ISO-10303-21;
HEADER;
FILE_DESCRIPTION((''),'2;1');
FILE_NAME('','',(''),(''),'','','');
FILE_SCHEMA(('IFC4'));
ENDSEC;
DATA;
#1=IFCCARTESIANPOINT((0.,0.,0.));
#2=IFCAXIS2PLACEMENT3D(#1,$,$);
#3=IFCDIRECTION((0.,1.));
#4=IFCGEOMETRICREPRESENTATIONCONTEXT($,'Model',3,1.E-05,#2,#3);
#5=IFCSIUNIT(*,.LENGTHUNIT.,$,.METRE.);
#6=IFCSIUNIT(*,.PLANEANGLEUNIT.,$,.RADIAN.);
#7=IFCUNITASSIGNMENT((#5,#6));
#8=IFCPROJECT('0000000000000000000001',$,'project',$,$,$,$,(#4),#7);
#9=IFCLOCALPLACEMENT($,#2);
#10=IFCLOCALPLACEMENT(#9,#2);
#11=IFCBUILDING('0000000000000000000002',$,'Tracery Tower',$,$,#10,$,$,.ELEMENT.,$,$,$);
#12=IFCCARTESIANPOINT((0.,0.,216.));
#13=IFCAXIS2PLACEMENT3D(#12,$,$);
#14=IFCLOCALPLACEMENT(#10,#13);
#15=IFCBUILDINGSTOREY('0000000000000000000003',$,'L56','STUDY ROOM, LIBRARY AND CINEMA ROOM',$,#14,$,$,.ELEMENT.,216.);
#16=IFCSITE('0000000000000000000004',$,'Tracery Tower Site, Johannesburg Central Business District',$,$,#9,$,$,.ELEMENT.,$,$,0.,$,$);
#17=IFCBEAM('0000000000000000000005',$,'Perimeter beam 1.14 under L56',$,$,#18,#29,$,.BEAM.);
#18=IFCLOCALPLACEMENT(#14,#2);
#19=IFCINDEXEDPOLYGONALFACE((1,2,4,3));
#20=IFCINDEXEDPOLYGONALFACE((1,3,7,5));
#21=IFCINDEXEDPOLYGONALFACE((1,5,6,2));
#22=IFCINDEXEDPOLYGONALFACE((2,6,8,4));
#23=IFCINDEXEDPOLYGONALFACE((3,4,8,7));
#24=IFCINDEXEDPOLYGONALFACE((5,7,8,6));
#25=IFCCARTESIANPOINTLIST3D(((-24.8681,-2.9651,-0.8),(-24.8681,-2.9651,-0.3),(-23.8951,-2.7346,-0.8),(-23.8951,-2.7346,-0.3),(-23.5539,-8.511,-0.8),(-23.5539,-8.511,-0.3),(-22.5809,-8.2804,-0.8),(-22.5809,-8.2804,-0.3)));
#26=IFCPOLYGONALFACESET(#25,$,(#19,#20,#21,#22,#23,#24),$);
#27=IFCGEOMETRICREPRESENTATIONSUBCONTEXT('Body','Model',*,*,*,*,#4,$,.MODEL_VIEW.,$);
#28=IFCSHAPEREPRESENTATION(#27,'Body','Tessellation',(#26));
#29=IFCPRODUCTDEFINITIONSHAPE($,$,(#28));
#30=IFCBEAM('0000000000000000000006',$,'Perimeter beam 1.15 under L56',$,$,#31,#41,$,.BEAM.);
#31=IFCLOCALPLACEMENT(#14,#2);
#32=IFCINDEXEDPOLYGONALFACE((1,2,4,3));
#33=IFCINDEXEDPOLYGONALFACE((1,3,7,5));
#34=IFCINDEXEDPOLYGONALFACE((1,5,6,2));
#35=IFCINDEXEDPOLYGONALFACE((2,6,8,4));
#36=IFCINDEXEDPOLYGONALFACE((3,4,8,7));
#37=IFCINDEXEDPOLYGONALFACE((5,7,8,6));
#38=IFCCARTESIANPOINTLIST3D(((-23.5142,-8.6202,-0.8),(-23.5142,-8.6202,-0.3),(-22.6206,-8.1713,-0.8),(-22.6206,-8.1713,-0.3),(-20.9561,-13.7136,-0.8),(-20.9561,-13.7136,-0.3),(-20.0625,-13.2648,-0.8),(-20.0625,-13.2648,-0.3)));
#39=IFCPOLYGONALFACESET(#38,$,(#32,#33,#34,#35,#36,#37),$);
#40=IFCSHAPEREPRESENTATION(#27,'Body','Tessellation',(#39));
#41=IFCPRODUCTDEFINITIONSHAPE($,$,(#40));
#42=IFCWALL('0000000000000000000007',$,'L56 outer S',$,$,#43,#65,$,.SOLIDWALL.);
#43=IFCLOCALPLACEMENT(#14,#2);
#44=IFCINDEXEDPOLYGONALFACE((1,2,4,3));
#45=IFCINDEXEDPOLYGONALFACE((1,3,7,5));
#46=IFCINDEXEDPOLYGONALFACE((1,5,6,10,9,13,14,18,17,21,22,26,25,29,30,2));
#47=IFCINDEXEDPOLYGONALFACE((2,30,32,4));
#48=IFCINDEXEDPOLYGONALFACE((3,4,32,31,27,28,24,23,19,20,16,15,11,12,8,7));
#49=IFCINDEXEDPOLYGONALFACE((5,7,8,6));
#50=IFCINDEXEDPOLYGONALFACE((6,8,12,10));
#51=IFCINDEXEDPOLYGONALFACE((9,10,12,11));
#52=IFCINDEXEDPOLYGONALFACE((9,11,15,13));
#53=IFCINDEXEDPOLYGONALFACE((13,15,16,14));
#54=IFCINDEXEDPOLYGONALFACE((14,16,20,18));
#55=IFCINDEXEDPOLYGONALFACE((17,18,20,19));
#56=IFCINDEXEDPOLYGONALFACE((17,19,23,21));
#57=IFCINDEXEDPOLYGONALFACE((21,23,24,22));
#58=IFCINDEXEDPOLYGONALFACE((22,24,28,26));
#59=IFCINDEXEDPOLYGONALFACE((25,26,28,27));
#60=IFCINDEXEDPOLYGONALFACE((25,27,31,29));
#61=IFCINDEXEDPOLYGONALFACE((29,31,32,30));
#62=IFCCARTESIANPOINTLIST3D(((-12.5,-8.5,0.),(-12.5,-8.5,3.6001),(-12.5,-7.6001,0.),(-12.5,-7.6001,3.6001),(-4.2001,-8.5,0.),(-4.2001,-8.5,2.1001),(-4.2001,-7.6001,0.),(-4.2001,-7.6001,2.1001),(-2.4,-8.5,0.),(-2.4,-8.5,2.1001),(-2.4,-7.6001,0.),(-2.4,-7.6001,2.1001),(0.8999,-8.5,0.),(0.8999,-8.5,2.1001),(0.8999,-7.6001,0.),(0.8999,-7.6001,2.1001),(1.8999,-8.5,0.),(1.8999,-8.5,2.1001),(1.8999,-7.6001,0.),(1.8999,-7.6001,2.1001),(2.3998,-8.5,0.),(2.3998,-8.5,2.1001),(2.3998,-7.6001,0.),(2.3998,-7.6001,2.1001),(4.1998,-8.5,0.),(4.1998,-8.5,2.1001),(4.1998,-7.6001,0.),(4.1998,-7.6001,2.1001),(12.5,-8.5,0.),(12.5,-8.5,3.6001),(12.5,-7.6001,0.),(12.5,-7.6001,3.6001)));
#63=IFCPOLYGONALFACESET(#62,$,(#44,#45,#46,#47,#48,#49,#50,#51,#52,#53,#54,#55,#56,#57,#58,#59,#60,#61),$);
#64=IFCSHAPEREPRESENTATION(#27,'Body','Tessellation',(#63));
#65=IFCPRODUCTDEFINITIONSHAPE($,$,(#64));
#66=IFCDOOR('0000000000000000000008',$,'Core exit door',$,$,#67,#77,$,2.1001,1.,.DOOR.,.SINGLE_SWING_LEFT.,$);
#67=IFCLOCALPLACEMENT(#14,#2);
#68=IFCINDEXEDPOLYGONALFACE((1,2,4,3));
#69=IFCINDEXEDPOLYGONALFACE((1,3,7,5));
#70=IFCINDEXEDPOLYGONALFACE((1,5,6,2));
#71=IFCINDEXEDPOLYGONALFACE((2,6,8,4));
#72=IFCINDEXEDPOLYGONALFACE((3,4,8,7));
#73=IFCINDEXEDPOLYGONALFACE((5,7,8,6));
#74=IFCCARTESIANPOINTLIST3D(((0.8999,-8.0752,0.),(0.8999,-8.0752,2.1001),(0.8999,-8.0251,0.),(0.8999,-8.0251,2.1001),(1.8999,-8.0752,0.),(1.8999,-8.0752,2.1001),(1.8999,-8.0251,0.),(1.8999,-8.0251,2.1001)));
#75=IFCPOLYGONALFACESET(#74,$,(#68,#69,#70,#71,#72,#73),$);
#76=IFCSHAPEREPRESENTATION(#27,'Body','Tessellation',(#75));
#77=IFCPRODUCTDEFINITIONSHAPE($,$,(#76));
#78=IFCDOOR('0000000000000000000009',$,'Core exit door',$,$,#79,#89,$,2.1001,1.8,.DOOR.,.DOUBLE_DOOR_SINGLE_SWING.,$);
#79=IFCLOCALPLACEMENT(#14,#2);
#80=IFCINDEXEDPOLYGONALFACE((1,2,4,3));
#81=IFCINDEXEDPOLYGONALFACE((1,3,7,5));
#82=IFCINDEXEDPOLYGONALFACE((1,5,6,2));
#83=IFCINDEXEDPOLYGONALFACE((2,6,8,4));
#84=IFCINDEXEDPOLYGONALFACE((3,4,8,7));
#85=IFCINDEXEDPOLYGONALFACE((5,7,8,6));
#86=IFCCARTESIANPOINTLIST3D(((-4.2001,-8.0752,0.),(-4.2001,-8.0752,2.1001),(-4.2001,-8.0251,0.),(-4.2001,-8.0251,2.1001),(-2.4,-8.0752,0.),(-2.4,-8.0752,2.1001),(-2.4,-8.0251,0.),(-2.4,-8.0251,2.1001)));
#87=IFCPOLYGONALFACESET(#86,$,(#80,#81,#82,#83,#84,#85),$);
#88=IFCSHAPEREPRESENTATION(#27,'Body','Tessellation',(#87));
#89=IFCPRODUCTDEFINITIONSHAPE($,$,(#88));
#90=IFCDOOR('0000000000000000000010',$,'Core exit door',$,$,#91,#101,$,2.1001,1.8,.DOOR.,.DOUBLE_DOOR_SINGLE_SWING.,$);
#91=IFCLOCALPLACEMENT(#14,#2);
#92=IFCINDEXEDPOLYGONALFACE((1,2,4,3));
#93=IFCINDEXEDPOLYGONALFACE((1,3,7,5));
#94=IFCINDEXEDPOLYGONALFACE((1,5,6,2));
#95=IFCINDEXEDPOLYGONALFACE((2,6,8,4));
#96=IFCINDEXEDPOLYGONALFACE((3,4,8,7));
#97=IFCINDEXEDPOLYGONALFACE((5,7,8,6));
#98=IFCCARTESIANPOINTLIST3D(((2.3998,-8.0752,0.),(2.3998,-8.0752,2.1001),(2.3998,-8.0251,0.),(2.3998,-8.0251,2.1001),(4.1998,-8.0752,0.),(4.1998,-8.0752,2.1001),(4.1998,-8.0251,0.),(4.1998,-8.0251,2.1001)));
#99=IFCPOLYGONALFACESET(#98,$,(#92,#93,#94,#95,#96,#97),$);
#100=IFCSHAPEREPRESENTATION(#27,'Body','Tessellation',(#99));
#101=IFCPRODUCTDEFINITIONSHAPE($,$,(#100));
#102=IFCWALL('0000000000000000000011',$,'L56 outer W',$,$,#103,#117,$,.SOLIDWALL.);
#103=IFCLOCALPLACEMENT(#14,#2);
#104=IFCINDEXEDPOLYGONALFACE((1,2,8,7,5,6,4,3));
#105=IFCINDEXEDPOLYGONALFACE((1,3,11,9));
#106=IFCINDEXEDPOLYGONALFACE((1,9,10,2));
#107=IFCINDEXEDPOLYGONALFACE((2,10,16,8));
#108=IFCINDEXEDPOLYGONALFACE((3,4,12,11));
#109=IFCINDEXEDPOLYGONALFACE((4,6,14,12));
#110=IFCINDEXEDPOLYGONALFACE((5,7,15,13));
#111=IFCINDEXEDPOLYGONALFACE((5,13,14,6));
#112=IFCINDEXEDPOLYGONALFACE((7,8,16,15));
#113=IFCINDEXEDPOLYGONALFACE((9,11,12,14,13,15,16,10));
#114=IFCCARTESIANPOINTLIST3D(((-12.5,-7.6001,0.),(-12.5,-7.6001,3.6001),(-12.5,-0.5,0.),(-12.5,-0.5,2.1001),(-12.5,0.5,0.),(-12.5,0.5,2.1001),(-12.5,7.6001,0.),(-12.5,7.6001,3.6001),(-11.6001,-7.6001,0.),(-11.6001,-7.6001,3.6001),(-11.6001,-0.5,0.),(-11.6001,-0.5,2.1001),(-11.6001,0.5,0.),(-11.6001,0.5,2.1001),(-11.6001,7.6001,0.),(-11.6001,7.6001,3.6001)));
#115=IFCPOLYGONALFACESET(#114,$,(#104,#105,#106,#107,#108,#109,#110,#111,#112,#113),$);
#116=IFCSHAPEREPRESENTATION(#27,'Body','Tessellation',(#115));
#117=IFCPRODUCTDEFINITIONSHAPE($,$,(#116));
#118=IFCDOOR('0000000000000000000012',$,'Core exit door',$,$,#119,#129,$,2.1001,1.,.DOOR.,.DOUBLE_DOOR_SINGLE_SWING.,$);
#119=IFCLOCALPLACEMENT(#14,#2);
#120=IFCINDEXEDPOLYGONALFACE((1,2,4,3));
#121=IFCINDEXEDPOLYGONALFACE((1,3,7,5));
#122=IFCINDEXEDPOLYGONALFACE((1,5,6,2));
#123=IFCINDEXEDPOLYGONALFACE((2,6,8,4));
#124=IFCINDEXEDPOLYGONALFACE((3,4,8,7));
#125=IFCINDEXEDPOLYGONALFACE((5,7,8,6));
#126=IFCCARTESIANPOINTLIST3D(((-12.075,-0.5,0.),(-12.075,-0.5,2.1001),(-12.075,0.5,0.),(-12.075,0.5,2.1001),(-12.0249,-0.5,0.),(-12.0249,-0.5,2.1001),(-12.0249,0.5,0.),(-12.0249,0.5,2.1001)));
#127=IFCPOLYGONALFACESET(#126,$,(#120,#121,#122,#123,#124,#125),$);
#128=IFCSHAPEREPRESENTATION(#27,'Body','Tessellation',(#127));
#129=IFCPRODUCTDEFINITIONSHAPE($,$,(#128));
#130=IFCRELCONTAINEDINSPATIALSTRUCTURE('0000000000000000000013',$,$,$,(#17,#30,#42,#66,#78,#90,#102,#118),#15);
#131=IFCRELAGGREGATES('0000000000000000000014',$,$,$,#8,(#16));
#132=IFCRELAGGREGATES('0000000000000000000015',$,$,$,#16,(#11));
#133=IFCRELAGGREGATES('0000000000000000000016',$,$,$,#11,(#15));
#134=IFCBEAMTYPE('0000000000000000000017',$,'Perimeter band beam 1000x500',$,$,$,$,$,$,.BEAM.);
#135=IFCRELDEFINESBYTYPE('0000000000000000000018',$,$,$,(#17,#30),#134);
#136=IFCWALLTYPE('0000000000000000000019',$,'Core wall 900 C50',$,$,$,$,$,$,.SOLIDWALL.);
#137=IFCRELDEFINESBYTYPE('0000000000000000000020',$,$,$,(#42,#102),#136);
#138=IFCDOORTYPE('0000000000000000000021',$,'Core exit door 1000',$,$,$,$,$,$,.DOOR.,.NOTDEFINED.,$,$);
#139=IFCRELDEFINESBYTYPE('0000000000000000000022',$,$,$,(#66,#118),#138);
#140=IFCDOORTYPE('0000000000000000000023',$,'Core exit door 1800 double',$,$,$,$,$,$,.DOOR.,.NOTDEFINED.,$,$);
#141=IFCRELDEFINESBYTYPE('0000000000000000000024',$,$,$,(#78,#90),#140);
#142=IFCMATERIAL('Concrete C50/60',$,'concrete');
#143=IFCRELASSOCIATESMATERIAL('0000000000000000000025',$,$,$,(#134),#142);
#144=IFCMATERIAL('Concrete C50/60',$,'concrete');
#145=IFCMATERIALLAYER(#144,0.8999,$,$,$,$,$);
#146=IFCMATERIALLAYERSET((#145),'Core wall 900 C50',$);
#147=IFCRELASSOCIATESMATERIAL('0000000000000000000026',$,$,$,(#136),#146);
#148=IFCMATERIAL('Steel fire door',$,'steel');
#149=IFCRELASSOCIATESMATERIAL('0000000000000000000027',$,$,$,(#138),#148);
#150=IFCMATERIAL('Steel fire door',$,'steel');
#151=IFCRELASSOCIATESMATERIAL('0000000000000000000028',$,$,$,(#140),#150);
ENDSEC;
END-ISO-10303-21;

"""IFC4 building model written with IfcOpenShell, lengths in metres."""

from ifc_helpers import new_model, si_unit, direction, frame, frame_2d, origin, origin_2d, place, context, subcontext, project, spatial, rectangle, extrude, material, layer, layer_set, material_profile, profile_set, type_object, element, fill, save


model = new_model("IFC4")

# Units and contexts
model_context = context("Model", 3, precision=1e-05, world=origin(), true_north=direction((0.0, 1.0)))
body_context = subcontext(model_context, "Body", "Model", "MODEL_VIEW")
ifc_project = project(units=[si_unit("LENGTHUNIT", "METRE"), si_unit("PLANEANGLEUNIT", "RADIAN")], contexts=[model_context])

# Site, building, storey
site_placement = place(None, origin())
site = spatial("IfcSite", under=ifc_project, at=site_placement, Name="Tracery Tower Site, Johannesburg Central Business District", CompositionType="ELEMENT", RefElevation=0.0)
building_placement = place(site_placement, origin())
building = spatial("IfcBuilding", under=site, at=building_placement, Name="Tracery Tower", CompositionType="ELEMENT")
storey_placement = place(building_placement, frame((0.0, 0.0, 216.0)))
storey = spatial("IfcBuildingStorey", under=building, at=storey_placement, Name="L56", Description="STUDY ROOM, LIBRARY AND CINEMA ROOM", CompositionType="ELEMENT", Elevation=216.0)

# Beams
ifc_material_1 = material(Name="Concrete C50/60", Category="concrete")
ifc_material_profile_1 = material_profile(ifc_material_1, rectangle(XDim=1.0, YDim=0.5, at=origin_2d()), Name="RC 1000x500")
ifc_profile_set_1 = profile_set([ifc_material_profile_1], Name="Concrete C50/60")
beam_type = type_object("IfcBeamType", Name="Perimeter band beam 1000x500", PredefinedType="BEAM", material=ifc_profile_set_1)
beam_1_placement = place(storey_placement, frame((-24.3816, -2.8499, -0.55), z_axis=(0.230584, -0.973052, 0.0), x_axis=(0.973052, 0.230584, 0.0)))
element("IfcBeam", 1, at=beam_1_placement, inside=storey, type_object=beam_type, Name="Perimeter beam 1.14 under L56", PredefinedType="BEAM", context=body_context, shape_type="SweptSolid", body=[
    extrude(rectangle(XDim=1.0, YDim=0.5, at=origin_2d()), origin(), (0.0, 0.0, 1.0), 5.6995),
])
beam_2_placement = place(storey_placement, frame((-23.0674, -8.3958, -0.55), z_axis=(0.448806, -0.893629, 0.0), x_axis=(0.893629, 0.448806, 0.0)))
element("IfcBeam", 2, at=beam_2_placement, inside=storey, type_object=beam_type, Name="Perimeter beam 1.15 under L56", PredefinedType="BEAM", context=body_context, shape_type="SweptSolid", body=[
    extrude(rectangle(XDim=1.0, YDim=0.5, at=origin_2d()), origin(), (0.0, 0.0, 1.0), 5.6997),
])

# Wall, openings, doors
ifc_material_2 = material(Name="Concrete C50/60", Category="concrete")
ifc_layer_1 = layer(ifc_material_2, 0.8999)
ifc_layer_set_1 = layer_set([ifc_layer_1], Name="Core wall 900 C50")
wall_type_1 = type_object("IfcWallType", Name="Core wall 900 C50", PredefinedType="SOLIDWALL", material=ifc_layer_set_1)
wall_1_placement = place(storey_placement, frame((-12.5, -8.05, 0.0), z_axis=(0.0, 0.0, 1.0), x_axis=(1.0, 0.0, 0.0)))
wall_1 = element("IfcWall", 3, at=wall_1_placement, inside=storey, type_object=wall_type_1, Name="L56 outer S", PredefinedType="SOLIDWALL", context=body_context, shape_type="SweptSolid", body=[
    extrude(rectangle(XDim=25.0, YDim=0.8999, at=frame_2d((12.5, 0.0))), origin(), (0.0, 0.0, 1.0), 3.6001),
])
opening_1_placement = place(wall_1_placement, frame((13.3999, 0.0, 0.0)))
opening_1 = element("IfcOpeningElement", 4, at=opening_1_placement, cuts=wall_1, PredefinedType="OPENING", context=body_context, shape_type="SweptSolid", body=[
    extrude(rectangle(XDim=1.0, YDim=2.1001, at=frame_2d((0.5, 1.05))), frame((0.0, 0.45, 0.0), z_axis=(0.0, -1.0, 0.0), x_axis=(1.0, 0.0, 0.0)), (0.0, 0.0, 1.0), 0.8999),
])
opening_2_placement = place(wall_1_placement, frame((8.3, 0.0, 0.0)))
opening_2 = element("IfcOpeningElement", 5, at=opening_2_placement, cuts=wall_1, PredefinedType="OPENING", context=body_context, shape_type="SweptSolid", body=[
    extrude(rectangle(XDim=1.8, YDim=2.1001, at=frame_2d((0.8999, 1.05))), frame((0.0, 0.45, 0.0), z_axis=(0.0, -1.0, 0.0), x_axis=(1.0, 0.0, 0.0)), (0.0, 0.0, 1.0), 0.8999),
])
opening_3_placement = place(wall_1_placement, frame((14.8999, 0.0, 0.0)))
opening_3 = element("IfcOpeningElement", 6, at=opening_3_placement, cuts=wall_1, PredefinedType="OPENING", context=body_context, shape_type="SweptSolid", body=[
    extrude(rectangle(XDim=1.8, YDim=2.1001, at=frame_2d((0.8999, 1.05))), frame((0.0, 0.45, 0.0), z_axis=(0.0, -1.0, 0.0), x_axis=(1.0, 0.0, 0.0)), (0.0, 0.0, 1.0), 0.8999),
])
ifc_material_3 = material(Name="Steel fire door", Category="steel")
door_type_1 = type_object("IfcDoorType", Name="Core exit door 1000", OperationType="NOTDEFINED", PredefinedType="DOOR", material=ifc_material_3)
door_1_placement = place(opening_1_placement, origin())
door_1 = element("IfcDoor", 7, at=door_1_placement, inside=storey, type_object=door_type_1, Name="Core exit door", OperationType="SINGLE_SWING_LEFT", OverallHeight=2.1001, OverallWidth=1.0, PredefinedType="DOOR", context=body_context, shape_type="SweptSolid", body=[
    extrude(rectangle(XDim=1.0, YDim=2.1001, at=frame_2d((0.5, 1.05))), frame((0.0, 0.0249, 0.0), z_axis=(0.0, -1.0, 0.0), x_axis=(1.0, 0.0, 0.0)), (0.0, 0.0, 1.0), 0.05),
])
fill(opening_1, door_1)
ifc_material_4 = material(Name="Steel fire door", Category="steel")
door_type_2 = type_object("IfcDoorType", Name="Core exit door 1800 double", OperationType="NOTDEFINED", PredefinedType="DOOR", material=ifc_material_4)
door_2_placement = place(opening_2_placement, origin())
door_2 = element("IfcDoor", 8, at=door_2_placement, inside=storey, type_object=door_type_2, Name="Core exit door", OperationType="DOUBLE_DOOR_SINGLE_SWING", OverallHeight=2.1001, OverallWidth=1.8, PredefinedType="DOOR", context=body_context, shape_type="SweptSolid", body=[
    extrude(rectangle(XDim=1.8, YDim=2.1001, at=frame_2d((0.8999, 1.05))), frame((0.0, 0.0249, 0.0), z_axis=(0.0, -1.0, 0.0), x_axis=(1.0, 0.0, 0.0)), (0.0, 0.0, 1.0), 0.05),
])
fill(opening_2, door_2)
door_3_placement = place(opening_3_placement, origin())
door_3 = element("IfcDoor", 9, at=door_3_placement, inside=storey, type_object=door_type_2, Name="Core exit door", OperationType="DOUBLE_DOOR_SINGLE_SWING", OverallHeight=2.1001, OverallWidth=1.8, PredefinedType="DOOR", context=body_context, shape_type="SweptSolid", body=[
    extrude(rectangle(XDim=1.8, YDim=2.1001, at=frame_2d((0.8999, 1.05))), frame((0.0, 0.0249, 0.0), z_axis=(0.0, -1.0, 0.0), x_axis=(1.0, 0.0, 0.0)), (0.0, 0.0, 1.0), 0.05),
])
fill(opening_3, door_3)

# Wall, opening, door
wall_2_placement = place(storey_placement, frame((-12.05, -7.6001, 0.0), z_axis=(0.0, 0.0, 1.0), x_axis=(0.0, 1.0, 0.0)))
wall_2 = element("IfcWall", 10, at=wall_2_placement, inside=storey, type_object=wall_type_1, Name="L56 outer W", PredefinedType="SOLIDWALL", context=body_context, shape_type="SweptSolid", body=[
    extrude(rectangle(XDim=15.2002, YDim=0.8999, at=frame_2d((7.6001, 0.0))), origin(), (0.0, 0.0, 1.0), 3.6001),
])
opening_4_placement = place(wall_2_placement, frame((7.1001, 0.0, 0.0)))
opening_4 = element("IfcOpeningElement", 11, at=opening_4_placement, cuts=wall_2, PredefinedType="OPENING", context=body_context, shape_type="SweptSolid", body=[
    extrude(rectangle(XDim=1.0, YDim=2.1001, at=frame_2d((0.5, 1.05))), frame((0.0, 0.45, 0.0), z_axis=(0.0, -1.0, 0.0), x_axis=(1.0, 0.0, 0.0)), (0.0, 0.0, 1.0), 0.8999),
])
door_4_placement = place(opening_4_placement, origin())
door_4 = element("IfcDoor", 12, at=door_4_placement, inside=storey, type_object=door_type_1, Name="Core exit door", OperationType="DOUBLE_DOOR_SINGLE_SWING", OverallHeight=2.1001, OverallWidth=1.0, PredefinedType="DOOR", context=body_context, shape_type="SweptSolid", body=[
    extrude(rectangle(XDim=1.0, YDim=2.1001, at=frame_2d((0.5, 1.05))), frame((0.0, 0.0249, 0.0), z_axis=(0.0, -1.0, 0.0), x_axis=(1.0, 0.0, 0.0)), (0.0, 0.0, 1.0), 0.05),
])
fill(opening_4, door_4)

save(model, "model.ifc")
